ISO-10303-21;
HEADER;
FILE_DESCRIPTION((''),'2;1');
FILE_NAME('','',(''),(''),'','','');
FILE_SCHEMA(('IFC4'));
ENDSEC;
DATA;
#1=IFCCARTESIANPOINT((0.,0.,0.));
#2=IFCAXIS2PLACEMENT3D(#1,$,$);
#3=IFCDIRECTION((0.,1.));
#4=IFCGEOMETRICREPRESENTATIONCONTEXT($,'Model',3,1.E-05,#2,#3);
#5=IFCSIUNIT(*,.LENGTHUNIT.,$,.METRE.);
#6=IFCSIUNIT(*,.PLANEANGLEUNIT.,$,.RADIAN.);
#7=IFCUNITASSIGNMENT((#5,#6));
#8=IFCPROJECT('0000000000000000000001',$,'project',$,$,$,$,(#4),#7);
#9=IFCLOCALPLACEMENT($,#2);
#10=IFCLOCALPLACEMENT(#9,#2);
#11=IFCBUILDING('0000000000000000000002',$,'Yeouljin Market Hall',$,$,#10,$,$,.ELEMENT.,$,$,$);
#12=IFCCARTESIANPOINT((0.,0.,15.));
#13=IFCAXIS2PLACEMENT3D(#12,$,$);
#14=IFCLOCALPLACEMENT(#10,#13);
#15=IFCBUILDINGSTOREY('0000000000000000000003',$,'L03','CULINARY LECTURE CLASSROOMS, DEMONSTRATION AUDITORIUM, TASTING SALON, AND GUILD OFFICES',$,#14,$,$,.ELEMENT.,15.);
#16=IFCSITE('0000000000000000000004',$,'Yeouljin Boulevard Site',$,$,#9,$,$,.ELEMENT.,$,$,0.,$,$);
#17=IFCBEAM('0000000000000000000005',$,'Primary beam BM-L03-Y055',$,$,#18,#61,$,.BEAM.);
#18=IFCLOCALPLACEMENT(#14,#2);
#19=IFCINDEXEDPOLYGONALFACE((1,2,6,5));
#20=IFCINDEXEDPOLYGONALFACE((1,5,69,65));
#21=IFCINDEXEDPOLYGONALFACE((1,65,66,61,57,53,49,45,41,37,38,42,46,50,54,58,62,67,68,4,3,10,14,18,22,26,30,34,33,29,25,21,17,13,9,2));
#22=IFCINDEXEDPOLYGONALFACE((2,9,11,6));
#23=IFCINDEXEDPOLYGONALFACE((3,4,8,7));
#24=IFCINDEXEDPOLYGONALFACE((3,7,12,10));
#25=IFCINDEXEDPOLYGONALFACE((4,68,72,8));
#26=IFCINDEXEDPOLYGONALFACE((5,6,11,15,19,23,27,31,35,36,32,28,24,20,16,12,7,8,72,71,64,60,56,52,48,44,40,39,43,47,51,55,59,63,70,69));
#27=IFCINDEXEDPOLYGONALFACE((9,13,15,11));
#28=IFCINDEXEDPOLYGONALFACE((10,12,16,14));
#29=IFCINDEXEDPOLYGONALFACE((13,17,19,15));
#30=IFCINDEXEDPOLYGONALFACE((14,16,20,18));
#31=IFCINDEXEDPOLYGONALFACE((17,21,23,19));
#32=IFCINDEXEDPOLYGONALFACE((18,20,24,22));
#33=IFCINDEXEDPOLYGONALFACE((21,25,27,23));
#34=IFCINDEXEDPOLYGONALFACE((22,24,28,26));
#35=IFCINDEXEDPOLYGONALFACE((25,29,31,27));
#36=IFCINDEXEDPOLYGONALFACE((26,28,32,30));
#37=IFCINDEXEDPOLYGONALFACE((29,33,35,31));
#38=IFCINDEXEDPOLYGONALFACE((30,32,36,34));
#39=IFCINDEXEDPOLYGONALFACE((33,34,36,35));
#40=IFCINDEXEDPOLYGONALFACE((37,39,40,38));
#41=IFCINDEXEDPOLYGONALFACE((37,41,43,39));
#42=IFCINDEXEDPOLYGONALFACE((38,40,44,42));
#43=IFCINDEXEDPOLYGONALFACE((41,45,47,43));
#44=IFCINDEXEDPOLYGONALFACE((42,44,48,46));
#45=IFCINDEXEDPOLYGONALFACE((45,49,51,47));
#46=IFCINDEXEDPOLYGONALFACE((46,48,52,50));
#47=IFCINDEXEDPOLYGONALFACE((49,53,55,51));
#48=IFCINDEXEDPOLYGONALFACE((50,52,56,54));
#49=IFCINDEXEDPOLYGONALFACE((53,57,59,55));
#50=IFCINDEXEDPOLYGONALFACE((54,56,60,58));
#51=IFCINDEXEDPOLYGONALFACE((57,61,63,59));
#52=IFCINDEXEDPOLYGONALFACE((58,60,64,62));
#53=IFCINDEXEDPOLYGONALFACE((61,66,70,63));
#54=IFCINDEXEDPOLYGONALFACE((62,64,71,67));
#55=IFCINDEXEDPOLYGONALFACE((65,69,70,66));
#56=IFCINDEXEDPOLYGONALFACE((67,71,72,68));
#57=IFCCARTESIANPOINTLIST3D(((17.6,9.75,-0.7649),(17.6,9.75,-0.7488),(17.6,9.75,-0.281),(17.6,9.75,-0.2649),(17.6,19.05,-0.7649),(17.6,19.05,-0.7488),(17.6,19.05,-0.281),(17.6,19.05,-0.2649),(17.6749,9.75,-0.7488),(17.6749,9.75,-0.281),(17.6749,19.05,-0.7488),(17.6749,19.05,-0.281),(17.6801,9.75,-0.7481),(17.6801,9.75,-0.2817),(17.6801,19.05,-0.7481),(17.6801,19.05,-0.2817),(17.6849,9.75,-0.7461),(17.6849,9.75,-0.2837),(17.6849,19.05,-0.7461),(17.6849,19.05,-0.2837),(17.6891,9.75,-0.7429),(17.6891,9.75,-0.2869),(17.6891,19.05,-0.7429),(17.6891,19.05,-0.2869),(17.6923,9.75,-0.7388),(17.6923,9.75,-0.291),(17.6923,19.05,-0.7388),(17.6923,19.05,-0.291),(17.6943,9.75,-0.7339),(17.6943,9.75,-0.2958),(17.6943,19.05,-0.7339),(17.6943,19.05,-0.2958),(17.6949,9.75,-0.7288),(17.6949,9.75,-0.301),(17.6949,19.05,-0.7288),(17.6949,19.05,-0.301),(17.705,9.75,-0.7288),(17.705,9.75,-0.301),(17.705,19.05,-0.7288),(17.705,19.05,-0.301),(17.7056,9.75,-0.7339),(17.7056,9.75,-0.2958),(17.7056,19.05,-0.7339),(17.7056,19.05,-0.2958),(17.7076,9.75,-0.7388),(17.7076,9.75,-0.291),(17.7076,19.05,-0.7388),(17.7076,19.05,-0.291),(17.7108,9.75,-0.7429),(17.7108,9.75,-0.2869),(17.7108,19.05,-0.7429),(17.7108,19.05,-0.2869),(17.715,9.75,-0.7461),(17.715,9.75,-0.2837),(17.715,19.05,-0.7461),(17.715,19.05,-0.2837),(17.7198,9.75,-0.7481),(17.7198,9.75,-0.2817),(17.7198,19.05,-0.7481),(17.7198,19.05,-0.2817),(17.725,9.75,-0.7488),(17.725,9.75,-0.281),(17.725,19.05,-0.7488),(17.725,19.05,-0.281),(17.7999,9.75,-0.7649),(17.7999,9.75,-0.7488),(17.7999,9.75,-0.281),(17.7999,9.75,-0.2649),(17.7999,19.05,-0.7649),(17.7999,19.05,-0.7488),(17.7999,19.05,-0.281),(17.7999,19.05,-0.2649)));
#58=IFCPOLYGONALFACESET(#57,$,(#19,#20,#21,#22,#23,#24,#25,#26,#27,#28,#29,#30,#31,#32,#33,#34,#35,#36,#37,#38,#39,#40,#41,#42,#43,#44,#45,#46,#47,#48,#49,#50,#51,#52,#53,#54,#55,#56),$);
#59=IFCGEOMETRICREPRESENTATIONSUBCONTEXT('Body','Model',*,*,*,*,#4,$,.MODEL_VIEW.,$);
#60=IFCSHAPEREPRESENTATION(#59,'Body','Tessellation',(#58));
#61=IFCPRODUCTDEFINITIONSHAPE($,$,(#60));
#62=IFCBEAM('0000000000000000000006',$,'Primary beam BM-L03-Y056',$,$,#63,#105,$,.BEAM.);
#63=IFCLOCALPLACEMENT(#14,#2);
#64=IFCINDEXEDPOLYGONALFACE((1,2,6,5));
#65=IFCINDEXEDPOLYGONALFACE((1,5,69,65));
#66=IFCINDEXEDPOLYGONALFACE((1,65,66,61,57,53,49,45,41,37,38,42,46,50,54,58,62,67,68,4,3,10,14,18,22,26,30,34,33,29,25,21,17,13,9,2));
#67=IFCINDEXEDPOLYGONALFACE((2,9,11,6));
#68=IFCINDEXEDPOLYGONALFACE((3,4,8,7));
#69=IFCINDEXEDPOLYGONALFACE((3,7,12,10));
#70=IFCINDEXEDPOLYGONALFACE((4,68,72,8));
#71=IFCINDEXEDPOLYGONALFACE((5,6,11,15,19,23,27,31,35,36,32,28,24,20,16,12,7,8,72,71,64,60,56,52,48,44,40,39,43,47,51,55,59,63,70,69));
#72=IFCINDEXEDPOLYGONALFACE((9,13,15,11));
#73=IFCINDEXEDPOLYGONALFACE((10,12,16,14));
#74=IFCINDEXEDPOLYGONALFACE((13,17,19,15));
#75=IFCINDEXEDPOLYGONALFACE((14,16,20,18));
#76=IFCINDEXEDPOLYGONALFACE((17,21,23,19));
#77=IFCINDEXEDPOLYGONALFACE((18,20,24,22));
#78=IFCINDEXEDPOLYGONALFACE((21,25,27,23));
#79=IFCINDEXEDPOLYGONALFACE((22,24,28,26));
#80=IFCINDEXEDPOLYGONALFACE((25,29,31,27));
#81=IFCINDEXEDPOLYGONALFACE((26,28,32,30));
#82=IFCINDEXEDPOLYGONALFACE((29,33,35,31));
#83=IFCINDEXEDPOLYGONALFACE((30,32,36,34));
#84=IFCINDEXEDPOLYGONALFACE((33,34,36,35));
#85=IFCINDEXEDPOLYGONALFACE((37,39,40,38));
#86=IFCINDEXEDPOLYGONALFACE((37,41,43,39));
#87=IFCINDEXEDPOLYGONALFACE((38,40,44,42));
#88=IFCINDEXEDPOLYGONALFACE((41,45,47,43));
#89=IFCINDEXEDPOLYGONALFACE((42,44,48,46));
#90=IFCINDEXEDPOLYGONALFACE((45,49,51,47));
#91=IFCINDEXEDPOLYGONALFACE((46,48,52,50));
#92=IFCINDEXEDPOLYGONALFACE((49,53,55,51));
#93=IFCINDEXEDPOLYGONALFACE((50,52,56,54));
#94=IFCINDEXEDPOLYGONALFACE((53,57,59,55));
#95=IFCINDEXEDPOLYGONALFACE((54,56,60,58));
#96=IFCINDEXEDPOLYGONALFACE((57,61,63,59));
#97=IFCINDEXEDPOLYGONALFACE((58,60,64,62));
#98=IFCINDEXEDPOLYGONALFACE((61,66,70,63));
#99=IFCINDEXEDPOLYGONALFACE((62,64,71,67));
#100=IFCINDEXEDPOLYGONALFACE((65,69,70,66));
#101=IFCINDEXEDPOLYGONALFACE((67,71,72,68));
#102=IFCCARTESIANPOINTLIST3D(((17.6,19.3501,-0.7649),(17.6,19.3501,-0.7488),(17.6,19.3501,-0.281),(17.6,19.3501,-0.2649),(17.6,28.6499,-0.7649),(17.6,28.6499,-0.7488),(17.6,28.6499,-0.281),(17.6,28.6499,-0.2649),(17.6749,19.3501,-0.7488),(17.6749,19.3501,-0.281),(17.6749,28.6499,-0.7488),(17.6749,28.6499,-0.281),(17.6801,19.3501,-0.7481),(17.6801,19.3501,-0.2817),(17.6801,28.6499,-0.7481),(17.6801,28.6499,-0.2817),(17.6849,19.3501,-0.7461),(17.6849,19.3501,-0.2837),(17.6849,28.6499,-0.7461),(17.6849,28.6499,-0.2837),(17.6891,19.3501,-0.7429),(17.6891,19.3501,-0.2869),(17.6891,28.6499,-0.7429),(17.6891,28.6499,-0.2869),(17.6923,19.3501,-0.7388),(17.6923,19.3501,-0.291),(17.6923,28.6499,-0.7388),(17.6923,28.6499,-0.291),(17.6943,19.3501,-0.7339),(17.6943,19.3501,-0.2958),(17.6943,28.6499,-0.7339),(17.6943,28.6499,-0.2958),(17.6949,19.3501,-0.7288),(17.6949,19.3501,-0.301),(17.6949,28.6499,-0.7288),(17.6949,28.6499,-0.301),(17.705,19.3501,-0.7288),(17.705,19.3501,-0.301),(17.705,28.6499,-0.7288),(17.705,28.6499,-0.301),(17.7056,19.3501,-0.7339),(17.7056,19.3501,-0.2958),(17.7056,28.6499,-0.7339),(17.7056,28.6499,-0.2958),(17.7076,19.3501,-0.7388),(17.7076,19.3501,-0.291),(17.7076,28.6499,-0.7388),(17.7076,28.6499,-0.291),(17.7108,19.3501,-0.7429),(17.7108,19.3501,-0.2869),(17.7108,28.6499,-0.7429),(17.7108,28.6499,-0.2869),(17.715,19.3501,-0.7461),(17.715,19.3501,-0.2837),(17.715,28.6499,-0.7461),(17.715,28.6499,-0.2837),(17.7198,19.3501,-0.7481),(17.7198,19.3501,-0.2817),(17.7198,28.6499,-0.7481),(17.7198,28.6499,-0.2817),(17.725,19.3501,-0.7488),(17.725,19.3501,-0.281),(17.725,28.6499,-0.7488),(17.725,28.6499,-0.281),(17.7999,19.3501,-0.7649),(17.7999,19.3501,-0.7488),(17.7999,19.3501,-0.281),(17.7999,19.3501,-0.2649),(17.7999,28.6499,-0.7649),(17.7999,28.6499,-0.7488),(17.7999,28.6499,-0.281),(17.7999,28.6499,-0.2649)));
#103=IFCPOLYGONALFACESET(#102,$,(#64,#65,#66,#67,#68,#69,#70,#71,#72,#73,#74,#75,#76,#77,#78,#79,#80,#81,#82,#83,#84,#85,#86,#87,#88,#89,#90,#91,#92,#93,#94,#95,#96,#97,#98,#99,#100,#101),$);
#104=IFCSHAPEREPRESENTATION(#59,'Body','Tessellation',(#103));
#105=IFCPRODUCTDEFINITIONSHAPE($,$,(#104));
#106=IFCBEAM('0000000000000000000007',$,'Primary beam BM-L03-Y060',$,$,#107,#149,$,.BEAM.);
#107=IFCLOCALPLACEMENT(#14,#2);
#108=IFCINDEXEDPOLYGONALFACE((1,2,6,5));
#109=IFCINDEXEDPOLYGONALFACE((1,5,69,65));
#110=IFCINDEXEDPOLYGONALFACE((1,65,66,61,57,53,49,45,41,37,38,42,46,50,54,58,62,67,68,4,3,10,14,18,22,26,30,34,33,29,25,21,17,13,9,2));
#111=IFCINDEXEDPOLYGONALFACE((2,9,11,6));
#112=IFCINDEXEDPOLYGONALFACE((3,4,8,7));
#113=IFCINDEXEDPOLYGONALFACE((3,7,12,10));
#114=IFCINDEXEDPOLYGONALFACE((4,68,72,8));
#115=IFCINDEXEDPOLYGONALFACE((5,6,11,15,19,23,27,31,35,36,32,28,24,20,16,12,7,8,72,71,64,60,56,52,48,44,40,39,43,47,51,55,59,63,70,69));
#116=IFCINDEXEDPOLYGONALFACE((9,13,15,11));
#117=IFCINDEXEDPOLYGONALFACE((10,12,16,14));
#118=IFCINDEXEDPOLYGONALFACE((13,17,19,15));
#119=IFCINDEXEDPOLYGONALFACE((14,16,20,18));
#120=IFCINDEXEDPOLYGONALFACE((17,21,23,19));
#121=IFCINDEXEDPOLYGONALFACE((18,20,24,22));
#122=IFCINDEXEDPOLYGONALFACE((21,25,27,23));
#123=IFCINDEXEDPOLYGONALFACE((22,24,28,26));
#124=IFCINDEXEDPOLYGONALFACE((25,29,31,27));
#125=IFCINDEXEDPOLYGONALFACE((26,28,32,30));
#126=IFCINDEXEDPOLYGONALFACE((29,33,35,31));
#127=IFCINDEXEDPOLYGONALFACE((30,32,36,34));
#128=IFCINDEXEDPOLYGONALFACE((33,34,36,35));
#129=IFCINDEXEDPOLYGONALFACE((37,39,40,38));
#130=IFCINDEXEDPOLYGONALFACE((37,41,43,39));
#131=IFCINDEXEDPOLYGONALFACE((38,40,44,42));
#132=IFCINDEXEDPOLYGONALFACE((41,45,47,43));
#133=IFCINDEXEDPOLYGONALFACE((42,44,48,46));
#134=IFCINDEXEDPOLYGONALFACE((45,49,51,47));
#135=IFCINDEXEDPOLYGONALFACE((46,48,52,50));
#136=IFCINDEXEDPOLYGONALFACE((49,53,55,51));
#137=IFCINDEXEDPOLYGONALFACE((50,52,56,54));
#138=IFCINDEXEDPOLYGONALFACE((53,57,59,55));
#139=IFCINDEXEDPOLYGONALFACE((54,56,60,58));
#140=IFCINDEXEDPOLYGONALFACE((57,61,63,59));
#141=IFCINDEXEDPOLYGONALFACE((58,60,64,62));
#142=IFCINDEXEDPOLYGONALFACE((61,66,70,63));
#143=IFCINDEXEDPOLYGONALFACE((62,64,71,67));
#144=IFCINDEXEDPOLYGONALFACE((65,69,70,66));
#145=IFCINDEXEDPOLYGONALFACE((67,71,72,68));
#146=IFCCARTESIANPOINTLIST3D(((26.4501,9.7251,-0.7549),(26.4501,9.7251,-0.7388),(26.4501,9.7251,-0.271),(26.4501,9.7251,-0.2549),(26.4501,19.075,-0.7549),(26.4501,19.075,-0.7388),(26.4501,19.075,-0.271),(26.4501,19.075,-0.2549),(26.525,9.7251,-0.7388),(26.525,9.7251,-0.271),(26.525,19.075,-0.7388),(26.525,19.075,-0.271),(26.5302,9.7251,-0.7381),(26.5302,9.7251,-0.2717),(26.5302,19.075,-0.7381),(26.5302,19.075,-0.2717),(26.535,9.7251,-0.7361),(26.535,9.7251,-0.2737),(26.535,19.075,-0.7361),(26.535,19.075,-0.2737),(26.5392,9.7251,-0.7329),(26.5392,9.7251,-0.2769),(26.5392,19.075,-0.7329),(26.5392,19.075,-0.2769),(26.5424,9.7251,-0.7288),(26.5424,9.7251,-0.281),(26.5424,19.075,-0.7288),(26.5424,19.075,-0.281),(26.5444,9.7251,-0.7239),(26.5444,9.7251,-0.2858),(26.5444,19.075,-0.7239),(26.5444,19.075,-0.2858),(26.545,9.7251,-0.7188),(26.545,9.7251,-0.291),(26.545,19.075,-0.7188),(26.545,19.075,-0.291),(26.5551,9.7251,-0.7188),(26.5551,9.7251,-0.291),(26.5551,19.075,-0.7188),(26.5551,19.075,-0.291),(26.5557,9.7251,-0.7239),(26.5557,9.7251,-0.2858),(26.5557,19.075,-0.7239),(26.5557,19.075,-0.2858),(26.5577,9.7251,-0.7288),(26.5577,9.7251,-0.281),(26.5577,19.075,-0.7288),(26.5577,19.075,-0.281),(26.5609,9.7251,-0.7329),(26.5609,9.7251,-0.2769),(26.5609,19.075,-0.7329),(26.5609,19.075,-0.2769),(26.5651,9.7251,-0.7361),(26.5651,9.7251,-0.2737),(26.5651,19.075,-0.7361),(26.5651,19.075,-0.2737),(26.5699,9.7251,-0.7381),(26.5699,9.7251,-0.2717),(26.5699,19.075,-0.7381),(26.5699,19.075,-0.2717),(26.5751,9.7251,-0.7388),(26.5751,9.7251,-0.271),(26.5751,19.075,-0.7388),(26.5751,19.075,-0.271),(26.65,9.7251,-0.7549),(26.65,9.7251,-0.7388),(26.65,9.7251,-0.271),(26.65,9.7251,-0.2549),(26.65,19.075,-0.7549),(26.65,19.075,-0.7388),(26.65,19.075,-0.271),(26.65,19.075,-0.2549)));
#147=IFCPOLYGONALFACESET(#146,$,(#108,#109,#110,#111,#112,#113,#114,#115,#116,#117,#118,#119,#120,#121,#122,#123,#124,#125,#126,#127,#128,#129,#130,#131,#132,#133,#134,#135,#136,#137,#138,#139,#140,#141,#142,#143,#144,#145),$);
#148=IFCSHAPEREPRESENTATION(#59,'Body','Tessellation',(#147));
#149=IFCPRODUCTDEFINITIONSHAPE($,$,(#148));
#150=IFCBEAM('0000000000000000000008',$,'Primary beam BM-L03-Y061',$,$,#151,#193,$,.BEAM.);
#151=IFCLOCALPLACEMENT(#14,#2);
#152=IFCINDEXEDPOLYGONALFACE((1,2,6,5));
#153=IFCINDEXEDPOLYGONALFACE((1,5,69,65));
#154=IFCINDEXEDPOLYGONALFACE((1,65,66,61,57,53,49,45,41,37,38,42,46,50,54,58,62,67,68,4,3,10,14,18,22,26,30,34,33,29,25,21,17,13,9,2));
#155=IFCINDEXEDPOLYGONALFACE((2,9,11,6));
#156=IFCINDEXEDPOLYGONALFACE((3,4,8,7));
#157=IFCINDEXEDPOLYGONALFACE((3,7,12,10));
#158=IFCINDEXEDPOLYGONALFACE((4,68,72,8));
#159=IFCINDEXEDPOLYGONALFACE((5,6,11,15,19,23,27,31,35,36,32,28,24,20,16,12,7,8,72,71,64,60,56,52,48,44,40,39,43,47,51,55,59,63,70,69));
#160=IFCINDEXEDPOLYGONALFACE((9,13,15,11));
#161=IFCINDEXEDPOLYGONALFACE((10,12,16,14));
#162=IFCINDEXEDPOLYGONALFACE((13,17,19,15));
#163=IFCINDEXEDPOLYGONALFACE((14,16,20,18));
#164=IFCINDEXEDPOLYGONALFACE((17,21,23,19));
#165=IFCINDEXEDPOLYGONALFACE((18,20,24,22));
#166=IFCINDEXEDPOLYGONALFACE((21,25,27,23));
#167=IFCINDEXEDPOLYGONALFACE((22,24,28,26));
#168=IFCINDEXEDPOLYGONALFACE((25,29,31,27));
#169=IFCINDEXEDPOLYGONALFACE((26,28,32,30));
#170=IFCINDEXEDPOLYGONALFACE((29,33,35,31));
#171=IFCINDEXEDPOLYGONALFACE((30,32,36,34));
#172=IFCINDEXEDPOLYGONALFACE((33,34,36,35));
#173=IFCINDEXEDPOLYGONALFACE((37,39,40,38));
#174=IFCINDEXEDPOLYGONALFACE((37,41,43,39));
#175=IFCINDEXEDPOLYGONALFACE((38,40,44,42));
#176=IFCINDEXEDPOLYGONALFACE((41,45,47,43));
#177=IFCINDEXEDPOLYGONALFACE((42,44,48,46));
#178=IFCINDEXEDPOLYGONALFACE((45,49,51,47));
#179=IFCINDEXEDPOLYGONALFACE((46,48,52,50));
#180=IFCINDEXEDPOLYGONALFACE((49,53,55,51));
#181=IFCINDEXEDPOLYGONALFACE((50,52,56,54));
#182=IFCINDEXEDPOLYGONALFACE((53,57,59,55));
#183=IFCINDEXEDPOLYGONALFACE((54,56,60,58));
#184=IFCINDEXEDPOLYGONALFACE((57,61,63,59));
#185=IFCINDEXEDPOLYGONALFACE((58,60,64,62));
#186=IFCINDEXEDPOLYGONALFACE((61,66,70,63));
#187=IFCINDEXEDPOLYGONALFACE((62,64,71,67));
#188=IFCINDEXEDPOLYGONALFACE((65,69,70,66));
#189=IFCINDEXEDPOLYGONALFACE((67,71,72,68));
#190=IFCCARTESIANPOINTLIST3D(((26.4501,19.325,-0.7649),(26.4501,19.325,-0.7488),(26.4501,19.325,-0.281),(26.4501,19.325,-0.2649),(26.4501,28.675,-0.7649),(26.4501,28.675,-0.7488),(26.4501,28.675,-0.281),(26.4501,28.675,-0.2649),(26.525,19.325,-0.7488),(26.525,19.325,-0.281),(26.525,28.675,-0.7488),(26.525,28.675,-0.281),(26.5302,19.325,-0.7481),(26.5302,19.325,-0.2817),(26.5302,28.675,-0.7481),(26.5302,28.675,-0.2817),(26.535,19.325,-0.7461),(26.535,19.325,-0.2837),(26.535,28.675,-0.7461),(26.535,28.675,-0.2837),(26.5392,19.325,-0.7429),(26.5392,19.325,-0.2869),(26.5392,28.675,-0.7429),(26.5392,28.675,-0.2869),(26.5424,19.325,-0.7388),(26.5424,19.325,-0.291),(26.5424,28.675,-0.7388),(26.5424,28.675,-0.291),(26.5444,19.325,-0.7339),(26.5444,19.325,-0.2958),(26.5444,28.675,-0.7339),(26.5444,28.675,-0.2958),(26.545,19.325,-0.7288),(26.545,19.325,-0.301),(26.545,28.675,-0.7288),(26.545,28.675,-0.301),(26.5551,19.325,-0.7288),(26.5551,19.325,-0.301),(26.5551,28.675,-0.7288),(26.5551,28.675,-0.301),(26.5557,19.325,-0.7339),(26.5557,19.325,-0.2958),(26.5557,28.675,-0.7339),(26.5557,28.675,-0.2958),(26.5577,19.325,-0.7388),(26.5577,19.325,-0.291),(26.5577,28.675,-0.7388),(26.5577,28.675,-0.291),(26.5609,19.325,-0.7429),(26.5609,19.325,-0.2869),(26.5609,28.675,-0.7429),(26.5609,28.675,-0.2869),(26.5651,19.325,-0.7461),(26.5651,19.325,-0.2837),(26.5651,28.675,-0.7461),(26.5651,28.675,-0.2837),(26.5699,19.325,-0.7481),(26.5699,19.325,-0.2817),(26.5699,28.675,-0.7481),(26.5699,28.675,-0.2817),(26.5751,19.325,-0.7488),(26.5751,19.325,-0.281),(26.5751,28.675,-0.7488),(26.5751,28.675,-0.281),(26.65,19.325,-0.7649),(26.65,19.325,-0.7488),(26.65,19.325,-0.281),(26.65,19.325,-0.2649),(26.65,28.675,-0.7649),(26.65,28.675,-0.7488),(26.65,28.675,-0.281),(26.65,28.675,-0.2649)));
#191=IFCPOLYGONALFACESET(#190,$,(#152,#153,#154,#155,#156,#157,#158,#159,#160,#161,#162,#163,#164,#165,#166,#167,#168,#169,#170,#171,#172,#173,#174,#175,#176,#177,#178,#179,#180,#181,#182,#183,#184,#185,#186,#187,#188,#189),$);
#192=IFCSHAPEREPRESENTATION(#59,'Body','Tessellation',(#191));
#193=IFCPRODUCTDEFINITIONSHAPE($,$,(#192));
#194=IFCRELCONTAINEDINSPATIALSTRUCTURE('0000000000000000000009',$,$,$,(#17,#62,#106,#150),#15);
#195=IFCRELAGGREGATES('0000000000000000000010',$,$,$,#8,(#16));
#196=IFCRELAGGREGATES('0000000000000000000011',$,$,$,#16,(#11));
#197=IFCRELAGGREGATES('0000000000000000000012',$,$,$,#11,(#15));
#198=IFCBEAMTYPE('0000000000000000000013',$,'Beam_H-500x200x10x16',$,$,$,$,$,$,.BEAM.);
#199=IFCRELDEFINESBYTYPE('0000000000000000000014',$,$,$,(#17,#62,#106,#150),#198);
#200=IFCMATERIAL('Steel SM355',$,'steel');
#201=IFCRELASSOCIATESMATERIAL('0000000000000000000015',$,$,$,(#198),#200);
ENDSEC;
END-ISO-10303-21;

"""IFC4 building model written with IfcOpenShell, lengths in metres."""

from ifc_helpers import new_model, si_unit, direction, frame, origin, origin_2d, place, context, subcontext, project, spatial, i_section, extrude, material, material_profile, profile_set, type_object, element, save


model = new_model("IFC4")

# Units and contexts
model_context = context("Model", 3, precision=1e-05, world=origin(), true_north=direction((0.0, 1.0)))
body_context = subcontext(model_context, "Body", "Model", "MODEL_VIEW")
ifc_project = project(units=[si_unit("LENGTHUNIT", "METRE"), si_unit("PLANEANGLEUNIT", "RADIAN")], contexts=[model_context])

# Site, building, storey
site_placement = place(None, origin())
site = spatial("IfcSite", under=ifc_project, at=site_placement, Name="Yeouljin Boulevard Site", CompositionType="ELEMENT", RefElevation=0.0)
building_placement = place(site_placement, origin())
building = spatial("IfcBuilding", under=site, at=building_placement, Name="Yeouljin Market Hall", CompositionType="ELEMENT")
storey_placement = place(building_placement, frame((0.0, 0.0, 15.0)))
storey = spatial("IfcBuildingStorey", under=building, at=storey_placement, Name="L03", Description="CULINARY LECTURE CLASSROOMS, DEMONSTRATION AUDITORIUM, TASTING SALON, AND GUILD OFFICES", CompositionType="ELEMENT", Elevation=15.0)

# Beams
ifc_material_1 = material(Name="Steel SM355", Category="steel")
ifc_material_profile_1 = material_profile(ifc_material_1, i_section(OverallWidth=0.2, OverallDepth=0.5, WebThickness=0.01, FlangeThickness=0.0161, FilletRadius=0.02, at=origin_2d()), Name="H-500x200x10x16")
ifc_profile_set_1 = profile_set([ifc_material_profile_1], Name="Steel SM355")
beam_type_1 = type_object("IfcBeamType", Name="Beam_H-500x200x10x16", PredefinedType="BEAM", material=ifc_profile_set_1)
beam_1_placement = place(storey_placement, frame((17.7, 9.75, -0.5149), z_axis=(0.0, 1.0, 0.0), x_axis=(-1.0, 0.0, 0.0)))
element("IfcBeam", 1, at=beam_1_placement, inside=storey, type_object=beam_type_1, Name="Primary beam BM-L03-Y055", PredefinedType="BEAM", context=body_context, shape_type="SweptSolid", body=[
    extrude(i_section(OverallWidth=0.2, OverallDepth=0.5, WebThickness=0.01, FlangeThickness=0.0161, FilletRadius=0.02, at=origin_2d()), origin(), (0.0, 0.0, 1.0), 9.3),
])
beam_2_placement = place(storey_placement, frame((17.7, 19.3501, -0.5149), z_axis=(0.0, 1.0, 0.0), x_axis=(-1.0, 0.0, 0.0)))
element("IfcBeam", 2, at=beam_2_placement, inside=storey, type_object=beam_type_1, Name="Primary beam BM-L03-Y056", PredefinedType="BEAM", context=body_context, shape_type="SweptSolid", body=[
    extrude(i_section(OverallWidth=0.2, OverallDepth=0.5, WebThickness=0.01, FlangeThickness=0.0161, FilletRadius=0.02, at=origin_2d()), origin(), (0.0, 0.0, 1.0), 9.2998),
])
beam_3_placement = place(storey_placement, frame((26.55, 9.7251, -0.5049), z_axis=(0.0, 1.0, 0.0), x_axis=(-1.0, 0.0, 0.0)))
element("IfcBeam", 3, at=beam_3_placement, inside=storey, type_object=beam_type_1, Name="Primary beam BM-L03-Y060", PredefinedType="BEAM", context=body_context, shape_type="SweptSolid", body=[
    extrude(i_section(OverallWidth=0.2, OverallDepth=0.5, WebThickness=0.01, FlangeThickness=0.0161, FilletRadius=0.02, at=origin_2d()), origin(), (0.0, 0.0, 1.0), 9.3499),
])
beam_4_placement = place(storey_placement, frame((26.55, 19.325, -0.5149), z_axis=(0.0, 1.0, 0.0), x_axis=(-1.0, 0.0, 0.0)))
element("IfcBeam", 4, at=beam_4_placement, inside=storey, type_object=beam_type_1, Name="Primary beam BM-L03-Y061", PredefinedType="BEAM", context=body_context, shape_type="SweptSolid", body=[
    extrude(i_section(OverallWidth=0.2, OverallDepth=0.5, WebThickness=0.01, FlangeThickness=0.0161, FilletRadius=0.02, at=origin_2d()), origin(), (0.0, 0.0, 1.0), 9.3501),
])

save(model, "model.ifc")
